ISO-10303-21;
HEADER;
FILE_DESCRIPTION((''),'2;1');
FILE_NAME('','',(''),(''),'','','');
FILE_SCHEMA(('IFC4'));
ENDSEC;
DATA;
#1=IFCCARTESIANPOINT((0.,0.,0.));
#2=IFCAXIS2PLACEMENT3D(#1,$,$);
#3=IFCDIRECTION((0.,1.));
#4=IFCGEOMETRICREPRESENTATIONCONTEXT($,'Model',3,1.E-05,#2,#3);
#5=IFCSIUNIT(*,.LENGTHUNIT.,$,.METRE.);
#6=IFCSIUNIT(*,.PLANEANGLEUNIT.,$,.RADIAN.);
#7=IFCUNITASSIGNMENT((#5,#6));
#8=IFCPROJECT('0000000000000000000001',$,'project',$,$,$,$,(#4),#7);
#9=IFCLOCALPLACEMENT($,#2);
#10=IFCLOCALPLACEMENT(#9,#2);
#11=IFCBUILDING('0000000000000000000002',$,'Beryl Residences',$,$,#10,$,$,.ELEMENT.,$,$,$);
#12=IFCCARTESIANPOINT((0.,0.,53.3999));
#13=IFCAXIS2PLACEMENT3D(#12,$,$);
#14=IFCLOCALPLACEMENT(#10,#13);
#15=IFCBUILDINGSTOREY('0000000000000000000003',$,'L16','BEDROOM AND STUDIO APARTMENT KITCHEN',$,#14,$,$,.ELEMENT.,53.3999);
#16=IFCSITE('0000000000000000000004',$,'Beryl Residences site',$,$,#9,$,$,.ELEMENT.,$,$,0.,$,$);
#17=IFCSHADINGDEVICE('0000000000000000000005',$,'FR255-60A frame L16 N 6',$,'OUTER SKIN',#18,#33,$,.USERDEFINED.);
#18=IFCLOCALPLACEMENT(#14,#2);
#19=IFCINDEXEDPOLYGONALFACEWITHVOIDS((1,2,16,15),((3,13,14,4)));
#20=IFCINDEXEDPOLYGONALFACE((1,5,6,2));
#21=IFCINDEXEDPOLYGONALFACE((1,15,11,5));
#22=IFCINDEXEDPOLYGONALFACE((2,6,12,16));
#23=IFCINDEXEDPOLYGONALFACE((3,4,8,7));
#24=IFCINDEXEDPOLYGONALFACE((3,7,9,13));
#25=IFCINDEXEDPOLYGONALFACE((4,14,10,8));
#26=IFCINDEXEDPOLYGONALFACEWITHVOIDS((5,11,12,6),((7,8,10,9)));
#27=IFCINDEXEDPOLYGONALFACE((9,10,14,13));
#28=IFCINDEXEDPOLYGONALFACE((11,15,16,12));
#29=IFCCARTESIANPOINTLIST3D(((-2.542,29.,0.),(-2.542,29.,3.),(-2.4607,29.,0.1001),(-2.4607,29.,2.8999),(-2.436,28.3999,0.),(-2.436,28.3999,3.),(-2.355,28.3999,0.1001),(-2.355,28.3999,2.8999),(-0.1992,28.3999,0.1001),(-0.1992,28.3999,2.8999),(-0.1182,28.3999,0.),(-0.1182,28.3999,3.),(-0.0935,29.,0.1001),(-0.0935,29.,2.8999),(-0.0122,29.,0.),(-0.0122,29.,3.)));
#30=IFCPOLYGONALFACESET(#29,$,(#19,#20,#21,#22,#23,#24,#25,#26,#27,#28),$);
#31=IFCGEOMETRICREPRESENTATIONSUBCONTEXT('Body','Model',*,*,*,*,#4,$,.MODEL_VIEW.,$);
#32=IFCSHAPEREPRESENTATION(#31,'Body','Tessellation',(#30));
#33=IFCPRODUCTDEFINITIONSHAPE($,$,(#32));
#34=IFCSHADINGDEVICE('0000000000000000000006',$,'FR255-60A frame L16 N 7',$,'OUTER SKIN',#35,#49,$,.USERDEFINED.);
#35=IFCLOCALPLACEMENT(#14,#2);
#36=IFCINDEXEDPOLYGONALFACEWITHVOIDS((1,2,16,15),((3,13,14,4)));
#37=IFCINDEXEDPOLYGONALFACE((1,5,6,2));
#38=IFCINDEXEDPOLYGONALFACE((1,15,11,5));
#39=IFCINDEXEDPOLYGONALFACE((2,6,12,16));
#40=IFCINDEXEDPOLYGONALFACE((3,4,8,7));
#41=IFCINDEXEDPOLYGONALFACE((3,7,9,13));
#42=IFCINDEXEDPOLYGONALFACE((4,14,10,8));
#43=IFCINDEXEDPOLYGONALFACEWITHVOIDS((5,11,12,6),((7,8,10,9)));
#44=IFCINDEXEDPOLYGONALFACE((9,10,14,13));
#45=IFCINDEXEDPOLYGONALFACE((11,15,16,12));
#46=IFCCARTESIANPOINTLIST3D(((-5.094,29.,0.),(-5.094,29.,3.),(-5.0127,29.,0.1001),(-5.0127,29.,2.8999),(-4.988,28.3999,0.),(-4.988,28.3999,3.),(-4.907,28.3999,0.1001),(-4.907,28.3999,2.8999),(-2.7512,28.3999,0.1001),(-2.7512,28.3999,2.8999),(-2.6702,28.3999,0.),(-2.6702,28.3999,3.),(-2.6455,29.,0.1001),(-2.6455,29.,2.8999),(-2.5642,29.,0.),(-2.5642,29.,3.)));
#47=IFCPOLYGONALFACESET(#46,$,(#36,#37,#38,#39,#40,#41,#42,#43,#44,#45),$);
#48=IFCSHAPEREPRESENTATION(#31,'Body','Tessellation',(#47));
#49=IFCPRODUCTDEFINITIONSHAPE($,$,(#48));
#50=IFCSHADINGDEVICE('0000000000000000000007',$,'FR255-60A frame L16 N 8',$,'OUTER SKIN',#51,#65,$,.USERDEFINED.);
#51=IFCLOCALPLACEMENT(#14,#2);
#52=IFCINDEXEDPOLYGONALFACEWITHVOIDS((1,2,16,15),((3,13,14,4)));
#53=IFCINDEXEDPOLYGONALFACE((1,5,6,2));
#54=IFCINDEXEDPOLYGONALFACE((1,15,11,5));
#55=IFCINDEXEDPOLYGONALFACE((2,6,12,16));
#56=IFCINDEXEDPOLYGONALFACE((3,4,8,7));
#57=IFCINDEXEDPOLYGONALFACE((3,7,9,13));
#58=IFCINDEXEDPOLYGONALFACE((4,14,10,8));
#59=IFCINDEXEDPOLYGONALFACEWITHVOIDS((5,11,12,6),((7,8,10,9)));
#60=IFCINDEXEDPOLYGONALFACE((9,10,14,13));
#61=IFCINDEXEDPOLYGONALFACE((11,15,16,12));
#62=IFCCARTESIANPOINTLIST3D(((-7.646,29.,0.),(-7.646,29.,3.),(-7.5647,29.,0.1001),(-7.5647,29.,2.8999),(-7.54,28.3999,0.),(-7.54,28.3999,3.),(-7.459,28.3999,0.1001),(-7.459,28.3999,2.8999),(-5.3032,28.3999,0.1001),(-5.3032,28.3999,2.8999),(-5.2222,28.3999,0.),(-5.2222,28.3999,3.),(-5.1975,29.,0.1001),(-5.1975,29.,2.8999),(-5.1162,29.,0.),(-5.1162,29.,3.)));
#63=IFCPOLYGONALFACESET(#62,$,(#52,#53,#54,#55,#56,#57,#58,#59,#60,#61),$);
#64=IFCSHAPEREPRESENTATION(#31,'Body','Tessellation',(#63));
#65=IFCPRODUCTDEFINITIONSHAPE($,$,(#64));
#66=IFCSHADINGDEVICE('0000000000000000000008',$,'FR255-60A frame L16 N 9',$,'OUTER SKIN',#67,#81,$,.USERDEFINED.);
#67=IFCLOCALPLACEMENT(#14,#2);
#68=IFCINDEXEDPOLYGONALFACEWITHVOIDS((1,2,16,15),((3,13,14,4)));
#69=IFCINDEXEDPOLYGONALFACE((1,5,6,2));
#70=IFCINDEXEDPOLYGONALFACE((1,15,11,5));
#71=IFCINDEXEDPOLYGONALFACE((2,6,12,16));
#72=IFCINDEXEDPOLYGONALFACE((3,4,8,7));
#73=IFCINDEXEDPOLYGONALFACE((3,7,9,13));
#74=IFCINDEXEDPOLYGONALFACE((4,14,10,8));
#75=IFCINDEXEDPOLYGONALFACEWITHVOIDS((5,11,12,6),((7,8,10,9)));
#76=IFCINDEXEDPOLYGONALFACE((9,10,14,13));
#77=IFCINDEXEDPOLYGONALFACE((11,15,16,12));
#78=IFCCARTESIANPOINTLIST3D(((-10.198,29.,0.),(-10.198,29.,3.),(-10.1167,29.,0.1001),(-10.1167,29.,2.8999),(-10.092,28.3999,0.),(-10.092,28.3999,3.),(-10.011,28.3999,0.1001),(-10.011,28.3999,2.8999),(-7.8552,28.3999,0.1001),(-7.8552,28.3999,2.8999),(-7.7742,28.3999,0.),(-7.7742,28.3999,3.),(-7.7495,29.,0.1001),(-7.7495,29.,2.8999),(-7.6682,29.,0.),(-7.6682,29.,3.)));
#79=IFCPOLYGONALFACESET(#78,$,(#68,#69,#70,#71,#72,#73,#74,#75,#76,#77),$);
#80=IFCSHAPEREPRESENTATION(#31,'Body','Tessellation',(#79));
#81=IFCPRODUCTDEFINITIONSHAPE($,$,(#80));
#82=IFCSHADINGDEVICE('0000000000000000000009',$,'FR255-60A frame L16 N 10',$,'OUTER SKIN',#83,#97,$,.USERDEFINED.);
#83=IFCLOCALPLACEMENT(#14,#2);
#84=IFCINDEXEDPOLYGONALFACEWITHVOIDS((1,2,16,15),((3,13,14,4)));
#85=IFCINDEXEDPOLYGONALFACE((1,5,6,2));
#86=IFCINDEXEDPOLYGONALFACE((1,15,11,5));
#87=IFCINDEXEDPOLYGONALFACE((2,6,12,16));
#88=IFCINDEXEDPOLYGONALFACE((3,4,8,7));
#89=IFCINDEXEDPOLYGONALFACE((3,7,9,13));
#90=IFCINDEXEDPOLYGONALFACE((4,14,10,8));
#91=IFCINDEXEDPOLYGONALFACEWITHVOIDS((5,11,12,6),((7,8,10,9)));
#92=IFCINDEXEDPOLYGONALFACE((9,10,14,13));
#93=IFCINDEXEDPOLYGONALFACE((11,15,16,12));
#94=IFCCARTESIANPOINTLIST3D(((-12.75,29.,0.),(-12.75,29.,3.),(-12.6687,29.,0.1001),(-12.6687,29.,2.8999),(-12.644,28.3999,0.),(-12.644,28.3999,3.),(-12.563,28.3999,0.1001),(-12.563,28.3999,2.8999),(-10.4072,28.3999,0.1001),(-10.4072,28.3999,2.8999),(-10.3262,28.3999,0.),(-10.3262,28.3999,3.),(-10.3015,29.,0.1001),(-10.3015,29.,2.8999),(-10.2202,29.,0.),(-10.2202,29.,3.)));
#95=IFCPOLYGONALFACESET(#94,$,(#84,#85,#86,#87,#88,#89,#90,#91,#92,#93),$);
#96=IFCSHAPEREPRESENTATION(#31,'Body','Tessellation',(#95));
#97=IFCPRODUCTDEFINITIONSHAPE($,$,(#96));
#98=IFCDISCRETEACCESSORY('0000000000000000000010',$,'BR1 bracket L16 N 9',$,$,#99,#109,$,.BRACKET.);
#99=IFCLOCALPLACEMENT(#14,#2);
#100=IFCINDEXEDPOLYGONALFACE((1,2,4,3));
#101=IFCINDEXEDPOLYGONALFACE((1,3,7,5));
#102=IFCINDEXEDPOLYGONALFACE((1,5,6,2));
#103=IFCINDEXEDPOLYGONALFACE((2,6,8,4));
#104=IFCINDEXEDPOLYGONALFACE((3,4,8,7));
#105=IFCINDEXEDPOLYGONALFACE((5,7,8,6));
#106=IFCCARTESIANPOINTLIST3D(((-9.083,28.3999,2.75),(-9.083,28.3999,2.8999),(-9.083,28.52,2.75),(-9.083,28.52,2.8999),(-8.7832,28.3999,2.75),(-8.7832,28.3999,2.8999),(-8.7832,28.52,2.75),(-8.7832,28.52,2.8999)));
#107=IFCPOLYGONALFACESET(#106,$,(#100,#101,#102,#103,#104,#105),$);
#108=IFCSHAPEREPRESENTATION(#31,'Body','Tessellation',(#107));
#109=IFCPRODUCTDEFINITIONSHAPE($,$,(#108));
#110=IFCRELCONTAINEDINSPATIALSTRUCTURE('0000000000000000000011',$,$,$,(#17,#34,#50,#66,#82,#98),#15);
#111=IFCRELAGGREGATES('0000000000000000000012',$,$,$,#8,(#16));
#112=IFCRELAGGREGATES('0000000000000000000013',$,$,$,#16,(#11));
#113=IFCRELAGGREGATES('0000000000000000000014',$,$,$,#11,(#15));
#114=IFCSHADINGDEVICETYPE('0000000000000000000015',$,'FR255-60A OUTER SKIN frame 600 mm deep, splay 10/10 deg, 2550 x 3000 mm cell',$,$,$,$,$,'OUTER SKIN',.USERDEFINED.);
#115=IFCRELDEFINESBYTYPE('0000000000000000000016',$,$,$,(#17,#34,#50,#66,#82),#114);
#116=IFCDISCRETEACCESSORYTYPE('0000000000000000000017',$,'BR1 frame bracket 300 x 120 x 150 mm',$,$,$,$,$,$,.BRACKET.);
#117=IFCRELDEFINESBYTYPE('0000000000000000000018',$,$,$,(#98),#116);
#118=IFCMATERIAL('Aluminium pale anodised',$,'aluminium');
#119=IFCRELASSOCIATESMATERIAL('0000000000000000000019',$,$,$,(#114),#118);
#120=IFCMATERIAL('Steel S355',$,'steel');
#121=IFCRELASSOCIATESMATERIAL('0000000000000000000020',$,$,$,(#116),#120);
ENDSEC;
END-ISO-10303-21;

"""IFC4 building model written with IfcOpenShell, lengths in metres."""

from ifc_helpers import new_model, entity, si_unit, direction, frame, origin, place, context, subcontext, project, spatial, polyline, outline, extrude, source, transform, mapped, material, type_object, type_shapes, element, save


model = new_model("IFC4")

# Units and contexts
model_context = context("Model", 3, precision=1e-05, world=origin(), true_north=direction((0.0, 1.0)))
body_context = subcontext(model_context, "Body", "Model", "MODEL_VIEW")
ifc_project = project(units=[si_unit("LENGTHUNIT", "METRE"), si_unit("PLANEANGLEUNIT", "RADIAN")], contexts=[model_context])

# Site, building, storey
site_placement = place(None, origin())
site = spatial("IfcSite", under=ifc_project, at=site_placement, Name="Beryl Residences site", CompositionType="ELEMENT", RefElevation=0.0)
building_placement = place(site_placement, origin())
building = spatial("IfcBuilding", under=site, at=building_placement, Name="Beryl Residences", CompositionType="ELEMENT")
storey_placement = place(building_placement, frame((0.0, 0.0, 53.3999)))
storey = spatial("IfcBuildingStorey", under=building, at=storey_placement, Name="L16", Description="BEDROOM AND STUDIO APARTMENT KITCHEN", CompositionType="ELEMENT", Elevation=53.3999)

# Shading devices
ifc_material_1 = material(Name="Aluminium pale anodised", Category="aluminium")
shading_device_type = type_object("IfcShadingDeviceType", Name="FR255-60A OUTER SKIN frame 600 mm deep, splay 10/10 deg, 2550 x 3000 mm cell", ElementType="OUTER SKIN", PredefinedType="USERDEFINED", material=ifc_material_1)
cartesian_point_1 = entity("IfcCartesianPoint", [-1.1589, 0.0])
cartesian_point_2 = entity("IfcCartesianPoint", [-1.0779, 0.1001])
cartesian_point_3 = entity("IfcCartesianPoint", [-1.2649, 0.0])
cartesian_point_4 = entity("IfcCartesianPoint", [-1.1836, 0.1001])
shared_shape_1 = source(origin(), body_context, "Body", "SweptSolid", [
    entity("IfcExtrudedAreaSolidTapered", entity("IfcArbitraryProfileDefWithVoids", "AREA", None, entity("IfcPolyline", [cartesian_point_1, entity("IfcCartesianPoint", [1.1589, 0.0]), entity("IfcCartesianPoint", [1.1589, 3.0]), entity("IfcCartesianPoint", [-1.1589, 3.0]), cartesian_point_1]), [entity("IfcPolyline", [cartesian_point_2, entity("IfcCartesianPoint", [1.0779, 0.1001]), entity("IfcCartesianPoint", [1.0779, 2.8999]), entity("IfcCartesianPoint", [-1.0779, 2.8999]), cartesian_point_2])]), entity("IfcAxis2Placement3D", entity("IfcCartesianPoint", [0.0, 0.0, 0.0]), entity("IfcDirection", [0.0, 1.0, 0.0]), entity("IfcDirection", [-1.0, 0.0, 0.0])), entity("IfcDirection", [0.0, 0.0, 1.0]), 0.6001, entity("IfcArbitraryProfileDefWithVoids", "AREA", None, entity("IfcPolyline", [cartesian_point_3, entity("IfcCartesianPoint", [1.2649, 0.0]), entity("IfcCartesianPoint", [1.2649, 3.0]), entity("IfcCartesianPoint", [-1.2649, 3.0]), cartesian_point_3]), [entity("IfcPolyline", [cartesian_point_4, entity("IfcCartesianPoint", [1.1836, 0.1001]), entity("IfcCartesianPoint", [1.1836, 2.8999]), entity("IfcCartesianPoint", [-1.1836, 2.8999]), cartesian_point_4])])),
])
type_shapes(shading_device_type, [shared_shape_1])
for number, where, z_axis, x_axis, name in (
    (1, (-1.2771, 28.3999, 0.0), (0.0, 0.0, 1.0), (1.0, 0.0, 0.0), "FR255-60A frame L16 N 6"),
    (2, (-3.8291, 28.3999, 0.0), (0.0, 0.0, 1.0), (1.0, 0.0, 0.0), "FR255-60A frame L16 N 7"),
    (3, (-6.3811, 28.3999, 0.0), (0.0, 0.0, 1.0), (1.0, 0.0, 0.0), "FR255-60A frame L16 N 8"),
    (4, (-8.9331, 28.3999, 0.0), (0.0, 0.0, 1.0), (1.0, 0.0, 0.0), "FR255-60A frame L16 N 9"),
    (5, (-11.4851, 28.3999, 0.0), (0.0, 0.0, 1.0), (1.0, 0.0, 0.0), "FR255-60A frame L16 N 10"),
):
    element("IfcShadingDevice", number, at=place(storey_placement, frame(where, z_axis=z_axis, x_axis=x_axis)), inside=storey, type_object=shading_device_type, Name=name, ObjectType="OUTER SKIN", PredefinedType="USERDEFINED", context=body_context, shape_type="MappedRepresentation", body=[
        mapped(shared_shape_1, transform((0.0, 0.0, 0.0))),
    ])

# Discrete accessory
ifc_material_2 = material(Name="Steel S355", Category="steel")
discrete_accessory_type = type_object("IfcDiscreteAccessoryType", Name="BR1 frame bracket 300 x 120 x 150 mm", PredefinedType="BRACKET", material=ifc_material_2)
shared_shape_2 = source(origin(), body_context, "Body", "SweptSolid", [
    extrude(outline(polyline([(-0.1499, 0.0), (0.1499, 0.0), (0.1499, 0.1201), (-0.1499, 0.1201), (-0.1499, 0.0)])), origin(), (0.0, 0.0, 1.0), 0.1499),
])
type_shapes(discrete_accessory_type, [shared_shape_2])
discrete_accessory_placement = place(storey_placement, frame((-8.9331, 28.3999, 2.75), z_axis=(0.0, 0.0, 1.0), x_axis=(1.0, 0.0, 0.0)))
element("IfcDiscreteAccessory", 6, at=discrete_accessory_placement, inside=storey, type_object=discrete_accessory_type, Name="BR1 bracket L16 N 9", PredefinedType="BRACKET", context=body_context, shape_type="MappedRepresentation", body=[
    mapped(shared_shape_2, transform((0.0, 0.0, 0.0))),
])

save(model, "model.ifc")
